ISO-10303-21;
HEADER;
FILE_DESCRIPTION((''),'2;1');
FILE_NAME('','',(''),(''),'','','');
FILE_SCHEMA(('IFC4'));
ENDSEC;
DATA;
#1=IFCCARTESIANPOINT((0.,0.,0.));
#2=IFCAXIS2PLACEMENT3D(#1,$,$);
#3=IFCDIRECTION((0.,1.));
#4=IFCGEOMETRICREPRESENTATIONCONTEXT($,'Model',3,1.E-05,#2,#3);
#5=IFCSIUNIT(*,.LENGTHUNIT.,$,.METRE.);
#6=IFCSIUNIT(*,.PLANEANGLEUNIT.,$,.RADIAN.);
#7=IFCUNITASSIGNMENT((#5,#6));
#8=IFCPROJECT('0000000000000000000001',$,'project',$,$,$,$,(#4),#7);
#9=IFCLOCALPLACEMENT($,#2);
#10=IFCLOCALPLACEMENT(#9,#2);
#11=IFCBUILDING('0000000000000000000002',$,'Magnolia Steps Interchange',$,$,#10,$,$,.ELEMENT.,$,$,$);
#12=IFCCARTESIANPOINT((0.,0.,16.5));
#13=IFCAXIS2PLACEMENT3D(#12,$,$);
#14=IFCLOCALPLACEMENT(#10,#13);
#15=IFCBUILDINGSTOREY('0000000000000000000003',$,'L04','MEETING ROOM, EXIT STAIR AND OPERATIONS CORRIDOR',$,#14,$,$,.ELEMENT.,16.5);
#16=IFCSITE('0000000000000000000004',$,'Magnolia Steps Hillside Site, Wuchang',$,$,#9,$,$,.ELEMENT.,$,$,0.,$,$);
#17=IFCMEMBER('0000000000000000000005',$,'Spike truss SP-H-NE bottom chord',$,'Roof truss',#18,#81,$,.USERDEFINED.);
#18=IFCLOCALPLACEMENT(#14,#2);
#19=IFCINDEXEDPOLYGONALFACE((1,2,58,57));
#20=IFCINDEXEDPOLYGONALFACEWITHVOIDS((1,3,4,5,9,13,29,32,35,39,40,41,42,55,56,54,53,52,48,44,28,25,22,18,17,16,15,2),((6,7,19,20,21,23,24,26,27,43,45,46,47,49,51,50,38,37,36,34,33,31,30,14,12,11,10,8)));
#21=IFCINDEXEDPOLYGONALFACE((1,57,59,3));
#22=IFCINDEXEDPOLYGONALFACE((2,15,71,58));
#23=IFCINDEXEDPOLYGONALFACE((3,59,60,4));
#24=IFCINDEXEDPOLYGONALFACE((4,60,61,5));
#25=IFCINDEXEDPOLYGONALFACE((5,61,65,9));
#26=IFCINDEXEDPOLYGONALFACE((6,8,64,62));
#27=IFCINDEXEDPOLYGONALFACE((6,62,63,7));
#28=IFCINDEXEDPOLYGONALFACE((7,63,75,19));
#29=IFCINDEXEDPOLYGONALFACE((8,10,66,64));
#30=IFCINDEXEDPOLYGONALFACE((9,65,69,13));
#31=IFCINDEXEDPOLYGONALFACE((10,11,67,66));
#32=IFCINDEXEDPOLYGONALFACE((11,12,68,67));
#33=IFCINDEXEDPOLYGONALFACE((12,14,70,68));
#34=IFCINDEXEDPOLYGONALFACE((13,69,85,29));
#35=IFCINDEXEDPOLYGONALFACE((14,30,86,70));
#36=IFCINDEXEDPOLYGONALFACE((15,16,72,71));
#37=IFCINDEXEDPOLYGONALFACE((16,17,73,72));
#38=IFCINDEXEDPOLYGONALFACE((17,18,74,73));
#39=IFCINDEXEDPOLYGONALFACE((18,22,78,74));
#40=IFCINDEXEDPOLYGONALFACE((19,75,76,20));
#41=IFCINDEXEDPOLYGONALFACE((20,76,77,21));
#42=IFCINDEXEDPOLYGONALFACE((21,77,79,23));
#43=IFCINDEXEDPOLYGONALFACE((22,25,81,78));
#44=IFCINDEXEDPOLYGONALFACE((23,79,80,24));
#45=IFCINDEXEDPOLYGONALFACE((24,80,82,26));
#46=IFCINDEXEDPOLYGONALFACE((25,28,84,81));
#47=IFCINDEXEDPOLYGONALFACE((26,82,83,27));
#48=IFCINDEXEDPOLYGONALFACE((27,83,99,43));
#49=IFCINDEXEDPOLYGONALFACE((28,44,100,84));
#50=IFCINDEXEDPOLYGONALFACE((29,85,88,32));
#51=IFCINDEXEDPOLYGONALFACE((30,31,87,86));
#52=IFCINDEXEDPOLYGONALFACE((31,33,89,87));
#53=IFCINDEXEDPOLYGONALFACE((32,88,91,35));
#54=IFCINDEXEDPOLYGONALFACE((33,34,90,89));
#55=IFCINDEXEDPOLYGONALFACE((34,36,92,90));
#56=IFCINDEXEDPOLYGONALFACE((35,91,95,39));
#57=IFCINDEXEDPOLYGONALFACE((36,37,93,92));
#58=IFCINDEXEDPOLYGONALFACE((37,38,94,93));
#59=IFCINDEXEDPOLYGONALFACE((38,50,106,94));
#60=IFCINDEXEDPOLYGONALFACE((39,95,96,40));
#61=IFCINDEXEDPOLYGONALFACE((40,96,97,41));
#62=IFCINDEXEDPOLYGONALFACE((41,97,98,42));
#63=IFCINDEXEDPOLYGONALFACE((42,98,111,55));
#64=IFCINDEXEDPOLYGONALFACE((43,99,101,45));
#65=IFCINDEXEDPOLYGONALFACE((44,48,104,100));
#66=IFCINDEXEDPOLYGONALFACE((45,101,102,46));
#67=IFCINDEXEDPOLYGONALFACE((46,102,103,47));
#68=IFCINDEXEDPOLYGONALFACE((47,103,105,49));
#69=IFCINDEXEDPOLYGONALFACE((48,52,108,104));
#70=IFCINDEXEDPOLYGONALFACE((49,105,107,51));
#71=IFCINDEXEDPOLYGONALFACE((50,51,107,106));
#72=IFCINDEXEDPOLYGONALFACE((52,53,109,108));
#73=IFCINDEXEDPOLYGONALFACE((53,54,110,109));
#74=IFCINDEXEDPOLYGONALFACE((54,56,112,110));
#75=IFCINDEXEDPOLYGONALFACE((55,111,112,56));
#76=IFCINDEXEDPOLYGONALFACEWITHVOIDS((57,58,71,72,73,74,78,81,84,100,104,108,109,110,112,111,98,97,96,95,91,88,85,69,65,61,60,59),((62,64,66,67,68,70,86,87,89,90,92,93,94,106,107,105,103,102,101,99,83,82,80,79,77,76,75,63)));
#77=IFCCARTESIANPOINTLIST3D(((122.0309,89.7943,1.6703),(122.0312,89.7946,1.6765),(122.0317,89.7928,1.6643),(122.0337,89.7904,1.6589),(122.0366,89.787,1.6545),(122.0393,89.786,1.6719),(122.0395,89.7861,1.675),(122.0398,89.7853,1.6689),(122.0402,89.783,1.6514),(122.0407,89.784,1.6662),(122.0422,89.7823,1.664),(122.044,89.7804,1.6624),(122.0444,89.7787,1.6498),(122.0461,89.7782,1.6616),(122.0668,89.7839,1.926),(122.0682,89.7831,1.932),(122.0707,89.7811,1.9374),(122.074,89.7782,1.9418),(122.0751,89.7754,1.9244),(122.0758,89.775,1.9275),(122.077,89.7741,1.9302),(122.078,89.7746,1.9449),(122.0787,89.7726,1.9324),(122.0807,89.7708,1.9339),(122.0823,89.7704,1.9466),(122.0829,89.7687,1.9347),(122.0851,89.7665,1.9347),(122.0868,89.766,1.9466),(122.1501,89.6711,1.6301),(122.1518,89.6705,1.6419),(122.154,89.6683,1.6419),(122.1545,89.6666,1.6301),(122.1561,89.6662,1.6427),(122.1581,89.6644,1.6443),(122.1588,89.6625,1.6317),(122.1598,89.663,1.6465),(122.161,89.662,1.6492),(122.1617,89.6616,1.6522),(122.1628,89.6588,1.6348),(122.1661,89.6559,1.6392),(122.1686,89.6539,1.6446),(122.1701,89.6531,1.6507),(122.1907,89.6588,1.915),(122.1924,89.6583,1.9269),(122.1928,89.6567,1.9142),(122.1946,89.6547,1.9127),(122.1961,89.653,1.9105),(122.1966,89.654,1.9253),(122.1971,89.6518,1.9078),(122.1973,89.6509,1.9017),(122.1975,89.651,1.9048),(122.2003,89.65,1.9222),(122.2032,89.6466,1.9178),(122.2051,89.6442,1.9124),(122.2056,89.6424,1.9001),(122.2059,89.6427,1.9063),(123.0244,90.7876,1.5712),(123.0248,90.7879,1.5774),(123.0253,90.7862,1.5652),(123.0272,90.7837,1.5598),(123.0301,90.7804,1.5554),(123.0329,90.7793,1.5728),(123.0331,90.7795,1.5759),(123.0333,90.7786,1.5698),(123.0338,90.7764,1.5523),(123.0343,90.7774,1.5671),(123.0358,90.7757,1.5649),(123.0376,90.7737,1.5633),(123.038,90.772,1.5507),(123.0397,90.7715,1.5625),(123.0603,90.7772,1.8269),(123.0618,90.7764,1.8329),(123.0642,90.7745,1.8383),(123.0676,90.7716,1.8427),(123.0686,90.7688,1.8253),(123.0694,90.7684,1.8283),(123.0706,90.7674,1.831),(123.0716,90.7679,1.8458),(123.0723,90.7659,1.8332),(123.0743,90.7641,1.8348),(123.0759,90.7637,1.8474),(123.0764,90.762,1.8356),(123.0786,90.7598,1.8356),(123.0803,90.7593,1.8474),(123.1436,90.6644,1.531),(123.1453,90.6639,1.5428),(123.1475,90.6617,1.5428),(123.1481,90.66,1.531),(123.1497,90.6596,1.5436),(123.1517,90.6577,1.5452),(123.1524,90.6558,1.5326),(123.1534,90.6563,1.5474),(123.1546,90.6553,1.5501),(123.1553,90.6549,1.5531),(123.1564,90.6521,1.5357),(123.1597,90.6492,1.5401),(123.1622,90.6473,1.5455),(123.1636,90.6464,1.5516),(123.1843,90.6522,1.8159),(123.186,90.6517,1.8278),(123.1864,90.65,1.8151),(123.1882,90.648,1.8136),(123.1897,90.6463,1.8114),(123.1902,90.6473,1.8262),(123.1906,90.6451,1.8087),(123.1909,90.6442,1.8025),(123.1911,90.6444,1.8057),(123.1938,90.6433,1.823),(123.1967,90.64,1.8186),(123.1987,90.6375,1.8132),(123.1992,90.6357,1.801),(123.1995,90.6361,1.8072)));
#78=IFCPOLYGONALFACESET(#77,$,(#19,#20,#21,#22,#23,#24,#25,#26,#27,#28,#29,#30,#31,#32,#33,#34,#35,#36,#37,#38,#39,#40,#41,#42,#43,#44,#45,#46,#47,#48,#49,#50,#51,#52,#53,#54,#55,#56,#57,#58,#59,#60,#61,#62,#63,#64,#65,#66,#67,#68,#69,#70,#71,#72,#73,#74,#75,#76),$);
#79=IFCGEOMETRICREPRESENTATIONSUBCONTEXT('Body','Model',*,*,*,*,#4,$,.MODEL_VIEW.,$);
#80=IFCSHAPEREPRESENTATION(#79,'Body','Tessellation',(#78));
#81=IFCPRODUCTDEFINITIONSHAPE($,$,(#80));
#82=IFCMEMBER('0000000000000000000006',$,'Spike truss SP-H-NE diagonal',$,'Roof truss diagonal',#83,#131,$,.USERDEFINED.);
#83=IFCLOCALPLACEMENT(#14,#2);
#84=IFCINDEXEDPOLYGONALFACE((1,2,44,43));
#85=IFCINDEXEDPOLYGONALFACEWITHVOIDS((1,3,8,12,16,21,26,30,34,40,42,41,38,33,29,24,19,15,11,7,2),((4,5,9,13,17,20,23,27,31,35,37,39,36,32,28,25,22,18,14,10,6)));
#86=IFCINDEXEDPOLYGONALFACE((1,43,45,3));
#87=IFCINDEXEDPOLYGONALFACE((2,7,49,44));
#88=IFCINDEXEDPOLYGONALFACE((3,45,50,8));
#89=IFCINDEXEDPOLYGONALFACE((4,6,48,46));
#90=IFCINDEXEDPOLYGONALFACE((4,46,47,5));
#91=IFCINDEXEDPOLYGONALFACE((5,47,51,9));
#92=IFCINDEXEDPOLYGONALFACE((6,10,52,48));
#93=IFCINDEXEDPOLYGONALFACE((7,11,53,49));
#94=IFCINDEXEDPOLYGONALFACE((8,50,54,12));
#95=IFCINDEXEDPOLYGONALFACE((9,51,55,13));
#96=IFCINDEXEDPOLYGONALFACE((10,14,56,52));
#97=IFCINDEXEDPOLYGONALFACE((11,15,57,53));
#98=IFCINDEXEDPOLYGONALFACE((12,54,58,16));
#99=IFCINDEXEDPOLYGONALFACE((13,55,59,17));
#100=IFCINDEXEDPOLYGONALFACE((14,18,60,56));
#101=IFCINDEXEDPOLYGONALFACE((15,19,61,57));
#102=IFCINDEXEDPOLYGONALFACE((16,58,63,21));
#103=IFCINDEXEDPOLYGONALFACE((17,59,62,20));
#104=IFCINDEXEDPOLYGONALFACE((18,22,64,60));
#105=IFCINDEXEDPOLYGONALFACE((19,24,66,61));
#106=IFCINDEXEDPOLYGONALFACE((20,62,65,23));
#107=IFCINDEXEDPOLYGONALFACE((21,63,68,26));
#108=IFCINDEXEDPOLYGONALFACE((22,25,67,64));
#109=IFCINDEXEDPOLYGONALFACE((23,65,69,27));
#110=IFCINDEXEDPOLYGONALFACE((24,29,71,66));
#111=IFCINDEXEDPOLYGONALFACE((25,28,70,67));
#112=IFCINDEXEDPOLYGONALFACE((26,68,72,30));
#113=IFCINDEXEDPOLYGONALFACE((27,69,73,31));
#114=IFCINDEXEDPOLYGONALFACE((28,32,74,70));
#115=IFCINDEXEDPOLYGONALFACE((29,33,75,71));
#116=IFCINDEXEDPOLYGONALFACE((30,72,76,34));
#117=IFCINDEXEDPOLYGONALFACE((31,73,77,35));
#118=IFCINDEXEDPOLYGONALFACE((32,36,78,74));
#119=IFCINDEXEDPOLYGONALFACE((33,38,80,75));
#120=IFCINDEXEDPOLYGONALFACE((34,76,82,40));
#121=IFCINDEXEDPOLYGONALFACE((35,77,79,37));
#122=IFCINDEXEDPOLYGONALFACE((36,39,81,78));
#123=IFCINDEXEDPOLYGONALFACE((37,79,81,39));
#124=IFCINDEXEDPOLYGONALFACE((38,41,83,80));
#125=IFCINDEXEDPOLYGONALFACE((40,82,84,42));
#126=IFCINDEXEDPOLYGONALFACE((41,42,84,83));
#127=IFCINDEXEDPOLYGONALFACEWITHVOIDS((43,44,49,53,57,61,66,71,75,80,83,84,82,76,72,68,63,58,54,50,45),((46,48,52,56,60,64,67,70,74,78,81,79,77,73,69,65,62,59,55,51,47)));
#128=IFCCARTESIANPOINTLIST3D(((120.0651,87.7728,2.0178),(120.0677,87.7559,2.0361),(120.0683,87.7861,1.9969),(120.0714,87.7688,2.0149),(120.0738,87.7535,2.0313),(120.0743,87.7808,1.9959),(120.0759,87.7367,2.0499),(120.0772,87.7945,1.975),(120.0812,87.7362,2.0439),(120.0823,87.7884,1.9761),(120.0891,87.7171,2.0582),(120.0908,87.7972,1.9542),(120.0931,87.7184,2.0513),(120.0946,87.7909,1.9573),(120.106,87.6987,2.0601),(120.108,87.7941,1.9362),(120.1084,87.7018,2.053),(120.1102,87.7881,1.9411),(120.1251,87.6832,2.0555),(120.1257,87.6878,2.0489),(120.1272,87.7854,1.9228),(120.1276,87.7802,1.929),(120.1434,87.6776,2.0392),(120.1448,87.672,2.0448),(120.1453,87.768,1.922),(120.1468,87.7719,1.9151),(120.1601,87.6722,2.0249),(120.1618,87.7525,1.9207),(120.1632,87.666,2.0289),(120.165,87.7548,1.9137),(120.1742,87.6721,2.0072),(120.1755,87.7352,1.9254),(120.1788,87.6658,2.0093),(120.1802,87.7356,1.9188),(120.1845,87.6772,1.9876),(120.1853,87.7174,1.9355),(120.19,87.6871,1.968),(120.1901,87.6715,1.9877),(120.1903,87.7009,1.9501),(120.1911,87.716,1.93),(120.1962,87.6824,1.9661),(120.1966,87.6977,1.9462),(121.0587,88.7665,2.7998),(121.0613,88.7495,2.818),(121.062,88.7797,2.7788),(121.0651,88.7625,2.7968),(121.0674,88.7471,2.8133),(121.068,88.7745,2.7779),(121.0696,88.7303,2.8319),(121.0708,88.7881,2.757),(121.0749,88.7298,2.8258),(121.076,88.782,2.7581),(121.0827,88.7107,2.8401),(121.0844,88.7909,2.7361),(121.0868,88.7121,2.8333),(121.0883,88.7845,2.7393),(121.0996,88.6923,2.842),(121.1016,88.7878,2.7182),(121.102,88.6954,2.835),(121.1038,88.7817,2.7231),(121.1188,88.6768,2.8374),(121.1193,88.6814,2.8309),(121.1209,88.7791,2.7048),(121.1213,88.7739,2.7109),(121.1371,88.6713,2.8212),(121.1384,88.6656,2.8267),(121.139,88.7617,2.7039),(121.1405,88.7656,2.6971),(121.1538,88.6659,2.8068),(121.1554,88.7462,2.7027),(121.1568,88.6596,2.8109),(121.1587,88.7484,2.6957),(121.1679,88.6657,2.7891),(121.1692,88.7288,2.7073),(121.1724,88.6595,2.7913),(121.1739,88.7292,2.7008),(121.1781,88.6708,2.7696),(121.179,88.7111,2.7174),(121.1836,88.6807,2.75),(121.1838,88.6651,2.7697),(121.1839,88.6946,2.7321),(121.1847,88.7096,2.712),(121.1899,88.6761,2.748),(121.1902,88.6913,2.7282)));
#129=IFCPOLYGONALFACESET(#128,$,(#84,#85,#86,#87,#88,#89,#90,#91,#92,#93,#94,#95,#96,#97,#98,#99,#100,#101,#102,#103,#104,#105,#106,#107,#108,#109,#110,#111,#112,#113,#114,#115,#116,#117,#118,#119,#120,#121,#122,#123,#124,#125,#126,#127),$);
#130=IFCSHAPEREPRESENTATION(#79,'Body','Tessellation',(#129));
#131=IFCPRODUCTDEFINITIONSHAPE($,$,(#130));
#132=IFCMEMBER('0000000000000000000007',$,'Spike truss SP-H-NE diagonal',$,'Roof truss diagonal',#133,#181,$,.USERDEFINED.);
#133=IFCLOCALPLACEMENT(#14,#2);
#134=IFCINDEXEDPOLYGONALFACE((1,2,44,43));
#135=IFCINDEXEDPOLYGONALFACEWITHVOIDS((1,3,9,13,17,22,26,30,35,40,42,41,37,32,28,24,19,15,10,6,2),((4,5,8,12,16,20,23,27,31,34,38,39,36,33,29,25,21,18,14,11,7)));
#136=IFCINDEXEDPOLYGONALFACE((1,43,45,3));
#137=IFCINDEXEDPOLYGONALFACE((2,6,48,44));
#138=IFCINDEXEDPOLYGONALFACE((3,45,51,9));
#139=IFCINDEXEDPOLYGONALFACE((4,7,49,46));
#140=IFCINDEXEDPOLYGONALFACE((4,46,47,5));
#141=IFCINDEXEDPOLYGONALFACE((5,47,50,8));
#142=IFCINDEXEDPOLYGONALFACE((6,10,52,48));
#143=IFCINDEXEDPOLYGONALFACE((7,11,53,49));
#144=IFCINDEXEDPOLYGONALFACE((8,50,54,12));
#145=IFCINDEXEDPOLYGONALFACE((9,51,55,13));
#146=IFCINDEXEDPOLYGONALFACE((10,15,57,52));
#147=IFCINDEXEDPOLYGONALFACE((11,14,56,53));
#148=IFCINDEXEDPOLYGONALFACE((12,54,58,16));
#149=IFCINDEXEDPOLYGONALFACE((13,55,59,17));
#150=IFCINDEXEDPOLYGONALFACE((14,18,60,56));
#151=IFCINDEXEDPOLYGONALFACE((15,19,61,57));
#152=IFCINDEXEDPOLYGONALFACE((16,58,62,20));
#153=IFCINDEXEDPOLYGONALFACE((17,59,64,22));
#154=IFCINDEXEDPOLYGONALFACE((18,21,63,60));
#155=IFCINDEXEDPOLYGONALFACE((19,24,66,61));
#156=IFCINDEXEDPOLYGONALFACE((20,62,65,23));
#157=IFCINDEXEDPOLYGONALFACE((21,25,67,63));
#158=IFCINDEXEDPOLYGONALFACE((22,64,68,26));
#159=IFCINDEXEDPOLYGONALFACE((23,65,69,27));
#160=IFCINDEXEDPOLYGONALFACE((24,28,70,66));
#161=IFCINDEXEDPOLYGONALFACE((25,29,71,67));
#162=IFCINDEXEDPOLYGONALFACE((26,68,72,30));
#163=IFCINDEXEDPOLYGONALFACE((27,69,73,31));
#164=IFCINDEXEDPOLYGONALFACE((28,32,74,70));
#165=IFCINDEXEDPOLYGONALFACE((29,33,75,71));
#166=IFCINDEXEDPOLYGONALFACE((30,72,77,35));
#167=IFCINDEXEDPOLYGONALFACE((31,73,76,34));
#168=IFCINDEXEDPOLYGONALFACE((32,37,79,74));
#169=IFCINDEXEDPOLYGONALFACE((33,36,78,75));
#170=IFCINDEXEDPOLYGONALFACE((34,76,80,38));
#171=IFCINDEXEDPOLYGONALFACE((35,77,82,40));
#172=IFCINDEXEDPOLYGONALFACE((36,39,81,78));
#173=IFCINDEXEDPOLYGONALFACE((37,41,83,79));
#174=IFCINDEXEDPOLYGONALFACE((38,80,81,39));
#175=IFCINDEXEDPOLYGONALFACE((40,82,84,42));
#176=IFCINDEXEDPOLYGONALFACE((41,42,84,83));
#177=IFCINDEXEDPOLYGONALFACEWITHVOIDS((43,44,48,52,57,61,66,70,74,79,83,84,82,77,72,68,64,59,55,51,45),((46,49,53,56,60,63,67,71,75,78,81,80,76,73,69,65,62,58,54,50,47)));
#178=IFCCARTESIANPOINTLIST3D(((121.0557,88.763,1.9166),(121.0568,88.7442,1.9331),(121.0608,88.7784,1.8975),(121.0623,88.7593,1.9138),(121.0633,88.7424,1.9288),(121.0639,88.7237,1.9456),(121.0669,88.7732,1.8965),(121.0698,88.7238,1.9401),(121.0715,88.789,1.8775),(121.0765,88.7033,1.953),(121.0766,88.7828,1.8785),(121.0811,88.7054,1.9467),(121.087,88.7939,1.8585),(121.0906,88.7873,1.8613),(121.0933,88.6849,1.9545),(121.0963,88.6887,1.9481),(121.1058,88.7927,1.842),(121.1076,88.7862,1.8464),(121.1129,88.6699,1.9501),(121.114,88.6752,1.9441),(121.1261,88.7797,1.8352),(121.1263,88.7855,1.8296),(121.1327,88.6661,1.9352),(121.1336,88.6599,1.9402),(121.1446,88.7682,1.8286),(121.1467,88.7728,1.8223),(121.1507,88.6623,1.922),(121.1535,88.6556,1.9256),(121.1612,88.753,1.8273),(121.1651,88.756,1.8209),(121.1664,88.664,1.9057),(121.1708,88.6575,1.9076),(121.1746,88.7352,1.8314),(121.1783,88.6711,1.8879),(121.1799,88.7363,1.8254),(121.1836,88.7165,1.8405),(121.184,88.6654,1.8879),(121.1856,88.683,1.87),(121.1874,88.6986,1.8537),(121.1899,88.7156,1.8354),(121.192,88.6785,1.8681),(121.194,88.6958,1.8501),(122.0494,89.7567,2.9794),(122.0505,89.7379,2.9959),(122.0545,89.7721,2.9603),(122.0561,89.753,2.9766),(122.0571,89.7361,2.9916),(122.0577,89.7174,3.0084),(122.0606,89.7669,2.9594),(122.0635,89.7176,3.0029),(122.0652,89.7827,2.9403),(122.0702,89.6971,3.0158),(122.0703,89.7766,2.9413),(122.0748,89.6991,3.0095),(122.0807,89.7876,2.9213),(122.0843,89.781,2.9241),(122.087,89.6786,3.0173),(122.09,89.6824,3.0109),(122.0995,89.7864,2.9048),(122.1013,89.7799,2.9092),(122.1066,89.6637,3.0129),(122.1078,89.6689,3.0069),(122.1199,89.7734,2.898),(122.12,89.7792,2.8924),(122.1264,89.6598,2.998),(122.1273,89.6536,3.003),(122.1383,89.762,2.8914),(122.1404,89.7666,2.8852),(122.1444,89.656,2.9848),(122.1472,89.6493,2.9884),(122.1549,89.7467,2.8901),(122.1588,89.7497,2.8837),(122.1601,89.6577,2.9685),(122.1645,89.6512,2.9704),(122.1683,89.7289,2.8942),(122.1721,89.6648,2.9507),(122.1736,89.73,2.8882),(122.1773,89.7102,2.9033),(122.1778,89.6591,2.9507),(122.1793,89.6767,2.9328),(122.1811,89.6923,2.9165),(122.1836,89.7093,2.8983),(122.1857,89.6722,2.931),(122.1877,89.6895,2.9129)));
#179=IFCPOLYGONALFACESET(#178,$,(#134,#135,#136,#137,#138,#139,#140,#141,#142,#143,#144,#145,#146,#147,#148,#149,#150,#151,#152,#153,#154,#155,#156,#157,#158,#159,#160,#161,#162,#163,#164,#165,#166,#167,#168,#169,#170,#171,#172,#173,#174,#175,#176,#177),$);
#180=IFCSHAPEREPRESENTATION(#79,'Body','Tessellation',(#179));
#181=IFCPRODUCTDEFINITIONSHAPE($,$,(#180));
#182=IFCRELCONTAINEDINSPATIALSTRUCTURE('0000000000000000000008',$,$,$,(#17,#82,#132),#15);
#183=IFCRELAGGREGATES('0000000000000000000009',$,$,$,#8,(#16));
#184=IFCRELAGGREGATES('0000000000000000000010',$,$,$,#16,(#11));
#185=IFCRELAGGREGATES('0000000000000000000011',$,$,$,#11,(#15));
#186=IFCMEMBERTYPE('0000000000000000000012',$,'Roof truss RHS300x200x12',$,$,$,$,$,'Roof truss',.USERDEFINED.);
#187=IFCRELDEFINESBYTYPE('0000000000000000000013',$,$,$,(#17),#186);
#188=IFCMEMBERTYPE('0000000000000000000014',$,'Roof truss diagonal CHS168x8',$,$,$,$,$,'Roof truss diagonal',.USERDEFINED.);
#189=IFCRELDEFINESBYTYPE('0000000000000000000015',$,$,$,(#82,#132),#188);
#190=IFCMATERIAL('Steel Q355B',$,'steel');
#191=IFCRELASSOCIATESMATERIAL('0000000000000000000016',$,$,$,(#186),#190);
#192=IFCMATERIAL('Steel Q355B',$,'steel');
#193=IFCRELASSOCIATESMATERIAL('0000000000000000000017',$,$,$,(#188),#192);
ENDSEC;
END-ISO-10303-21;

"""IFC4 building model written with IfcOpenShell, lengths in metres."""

from ifc_helpers import new_model, si_unit, direction, frame, origin, origin_2d, place, context, subcontext, project, spatial, hollow_rectangle, hollow_circle, extrude, material, material_profile, profile_set, type_object, element, save


model = new_model("IFC4")

# Units and contexts
model_context = context("Model", 3, precision=1e-05, world=origin(), true_north=direction((0.0, 1.0)))
body_context = subcontext(model_context, "Body", "Model", "MODEL_VIEW")
ifc_project = project(units=[si_unit("LENGTHUNIT", "METRE"), si_unit("PLANEANGLEUNIT", "RADIAN")], contexts=[model_context])

# Site, building, storey
site_placement = place(None, origin())
site = spatial("IfcSite", under=ifc_project, at=site_placement, Name="Magnolia Steps Hillside Site, Wuchang", CompositionType="ELEMENT", RefElevation=0.0)
building_placement = place(site_placement, origin())
building = spatial("IfcBuilding", under=site, at=building_placement, Name="Magnolia Steps Interchange", CompositionType="ELEMENT")
storey_placement = place(building_placement, frame((0.0, 0.0, 16.5)))
storey = spatial("IfcBuildingStorey", under=building, at=storey_placement, Name="L04", Description="MEETING ROOM, EXIT STAIR AND OPERATIONS CORRIDOR", CompositionType="ELEMENT", Elevation=16.5)

# Members
ifc_material_1 = material(Name="Steel Q355B", Category="steel")
ifc_material_profile_1 = material_profile(ifc_material_1, hollow_rectangle(XDim=0.2, YDim=0.3, WallThickness=0.012, InnerFilletRadius=0.012, OuterFilletRadius=0.0239, at=origin_2d()), Name="RHS300x200x12")
ifc_profile_set_1 = profile_set([ifc_material_profile_1], Name="Steel Q355B")
member_type_1 = type_object("IfcMemberType", Name="Roof truss RHS300x200x12", ElementType="Roof truss", PredefinedType="USERDEFINED", material=ifc_profile_set_1)
member_1_placement = place(storey_placement, frame((122.1184, 89.7185, 1.7883), z_axis=(0.70544, 0.705267, -0.070371), x_axis=(-0.694585, 0.707671, 0.129439)))
element("IfcMember", 1, at=member_1_placement, inside=storey, type_object=member_type_1, Name="Spike truss SP-H-NE bottom chord", ObjectType="Roof truss", PredefinedType="USERDEFINED", context=body_context, shape_type="SweptSolid", body=[
    extrude(hollow_rectangle(XDim=0.2, YDim=0.3, WallThickness=0.012, InnerFilletRadius=0.012, OuterFilletRadius=0.0239, at=origin_2d()), origin(), (0.0, 0.0, 1.0), 1.4084),
])
ifc_material_2 = material(Name="Steel Q355B", Category="steel")
ifc_material_profile_2 = material_profile(ifc_material_2, hollow_circle(Radius=0.084, WallThickness=0.0081, at=origin_2d()), Name="CHS168x8")
ifc_profile_set_2 = profile_set([ifc_material_profile_2], Name="Steel Q355B")
member_type_2 = type_object("IfcMemberType", Name="Roof truss diagonal CHS168x8", ElementType="Roof truss diagonal", PredefinedType="USERDEFINED", material=ifc_profile_set_2)
member_2_placement = place(storey_placement, frame((120.1311, 87.7312, 1.9868), z_axis=(0.617881, 0.617881, 0.486258), x_axis=(-0.747492, 0.653429, 0.119525)))
element("IfcMember", 2, at=member_2_placement, inside=storey, type_object=member_type_2, Name="Spike truss SP-H-NE diagonal", ObjectType="Roof truss diagonal", PredefinedType="USERDEFINED", context=body_context, shape_type="SweptSolid", body=[
    extrude(hollow_circle(Radius=0.084, WallThickness=0.0081, at=origin_2d()), origin(), (0.0, 0.0, 1.0), 1.6082),
])
member_3_placement = place(storey_placement, frame((121.1248, 88.7249, 1.8877), z_axis=(0.563982, 0.563982, 0.603198), x_axis=(-0.761848, 0.637182, 0.116561)))
element("IfcMember", 3, at=member_3_placement, inside=storey, type_object=member_type_2, Name="Spike truss SP-H-NE diagonal", ObjectType="Roof truss diagonal", PredefinedType="USERDEFINED", context=body_context, shape_type="SweptSolid", body=[
    extrude(hollow_circle(Radius=0.084, WallThickness=0.0081, at=origin_2d()), origin(), (0.0, 0.0, 1.0), 1.762),
])

save(model, "model.ifc")
